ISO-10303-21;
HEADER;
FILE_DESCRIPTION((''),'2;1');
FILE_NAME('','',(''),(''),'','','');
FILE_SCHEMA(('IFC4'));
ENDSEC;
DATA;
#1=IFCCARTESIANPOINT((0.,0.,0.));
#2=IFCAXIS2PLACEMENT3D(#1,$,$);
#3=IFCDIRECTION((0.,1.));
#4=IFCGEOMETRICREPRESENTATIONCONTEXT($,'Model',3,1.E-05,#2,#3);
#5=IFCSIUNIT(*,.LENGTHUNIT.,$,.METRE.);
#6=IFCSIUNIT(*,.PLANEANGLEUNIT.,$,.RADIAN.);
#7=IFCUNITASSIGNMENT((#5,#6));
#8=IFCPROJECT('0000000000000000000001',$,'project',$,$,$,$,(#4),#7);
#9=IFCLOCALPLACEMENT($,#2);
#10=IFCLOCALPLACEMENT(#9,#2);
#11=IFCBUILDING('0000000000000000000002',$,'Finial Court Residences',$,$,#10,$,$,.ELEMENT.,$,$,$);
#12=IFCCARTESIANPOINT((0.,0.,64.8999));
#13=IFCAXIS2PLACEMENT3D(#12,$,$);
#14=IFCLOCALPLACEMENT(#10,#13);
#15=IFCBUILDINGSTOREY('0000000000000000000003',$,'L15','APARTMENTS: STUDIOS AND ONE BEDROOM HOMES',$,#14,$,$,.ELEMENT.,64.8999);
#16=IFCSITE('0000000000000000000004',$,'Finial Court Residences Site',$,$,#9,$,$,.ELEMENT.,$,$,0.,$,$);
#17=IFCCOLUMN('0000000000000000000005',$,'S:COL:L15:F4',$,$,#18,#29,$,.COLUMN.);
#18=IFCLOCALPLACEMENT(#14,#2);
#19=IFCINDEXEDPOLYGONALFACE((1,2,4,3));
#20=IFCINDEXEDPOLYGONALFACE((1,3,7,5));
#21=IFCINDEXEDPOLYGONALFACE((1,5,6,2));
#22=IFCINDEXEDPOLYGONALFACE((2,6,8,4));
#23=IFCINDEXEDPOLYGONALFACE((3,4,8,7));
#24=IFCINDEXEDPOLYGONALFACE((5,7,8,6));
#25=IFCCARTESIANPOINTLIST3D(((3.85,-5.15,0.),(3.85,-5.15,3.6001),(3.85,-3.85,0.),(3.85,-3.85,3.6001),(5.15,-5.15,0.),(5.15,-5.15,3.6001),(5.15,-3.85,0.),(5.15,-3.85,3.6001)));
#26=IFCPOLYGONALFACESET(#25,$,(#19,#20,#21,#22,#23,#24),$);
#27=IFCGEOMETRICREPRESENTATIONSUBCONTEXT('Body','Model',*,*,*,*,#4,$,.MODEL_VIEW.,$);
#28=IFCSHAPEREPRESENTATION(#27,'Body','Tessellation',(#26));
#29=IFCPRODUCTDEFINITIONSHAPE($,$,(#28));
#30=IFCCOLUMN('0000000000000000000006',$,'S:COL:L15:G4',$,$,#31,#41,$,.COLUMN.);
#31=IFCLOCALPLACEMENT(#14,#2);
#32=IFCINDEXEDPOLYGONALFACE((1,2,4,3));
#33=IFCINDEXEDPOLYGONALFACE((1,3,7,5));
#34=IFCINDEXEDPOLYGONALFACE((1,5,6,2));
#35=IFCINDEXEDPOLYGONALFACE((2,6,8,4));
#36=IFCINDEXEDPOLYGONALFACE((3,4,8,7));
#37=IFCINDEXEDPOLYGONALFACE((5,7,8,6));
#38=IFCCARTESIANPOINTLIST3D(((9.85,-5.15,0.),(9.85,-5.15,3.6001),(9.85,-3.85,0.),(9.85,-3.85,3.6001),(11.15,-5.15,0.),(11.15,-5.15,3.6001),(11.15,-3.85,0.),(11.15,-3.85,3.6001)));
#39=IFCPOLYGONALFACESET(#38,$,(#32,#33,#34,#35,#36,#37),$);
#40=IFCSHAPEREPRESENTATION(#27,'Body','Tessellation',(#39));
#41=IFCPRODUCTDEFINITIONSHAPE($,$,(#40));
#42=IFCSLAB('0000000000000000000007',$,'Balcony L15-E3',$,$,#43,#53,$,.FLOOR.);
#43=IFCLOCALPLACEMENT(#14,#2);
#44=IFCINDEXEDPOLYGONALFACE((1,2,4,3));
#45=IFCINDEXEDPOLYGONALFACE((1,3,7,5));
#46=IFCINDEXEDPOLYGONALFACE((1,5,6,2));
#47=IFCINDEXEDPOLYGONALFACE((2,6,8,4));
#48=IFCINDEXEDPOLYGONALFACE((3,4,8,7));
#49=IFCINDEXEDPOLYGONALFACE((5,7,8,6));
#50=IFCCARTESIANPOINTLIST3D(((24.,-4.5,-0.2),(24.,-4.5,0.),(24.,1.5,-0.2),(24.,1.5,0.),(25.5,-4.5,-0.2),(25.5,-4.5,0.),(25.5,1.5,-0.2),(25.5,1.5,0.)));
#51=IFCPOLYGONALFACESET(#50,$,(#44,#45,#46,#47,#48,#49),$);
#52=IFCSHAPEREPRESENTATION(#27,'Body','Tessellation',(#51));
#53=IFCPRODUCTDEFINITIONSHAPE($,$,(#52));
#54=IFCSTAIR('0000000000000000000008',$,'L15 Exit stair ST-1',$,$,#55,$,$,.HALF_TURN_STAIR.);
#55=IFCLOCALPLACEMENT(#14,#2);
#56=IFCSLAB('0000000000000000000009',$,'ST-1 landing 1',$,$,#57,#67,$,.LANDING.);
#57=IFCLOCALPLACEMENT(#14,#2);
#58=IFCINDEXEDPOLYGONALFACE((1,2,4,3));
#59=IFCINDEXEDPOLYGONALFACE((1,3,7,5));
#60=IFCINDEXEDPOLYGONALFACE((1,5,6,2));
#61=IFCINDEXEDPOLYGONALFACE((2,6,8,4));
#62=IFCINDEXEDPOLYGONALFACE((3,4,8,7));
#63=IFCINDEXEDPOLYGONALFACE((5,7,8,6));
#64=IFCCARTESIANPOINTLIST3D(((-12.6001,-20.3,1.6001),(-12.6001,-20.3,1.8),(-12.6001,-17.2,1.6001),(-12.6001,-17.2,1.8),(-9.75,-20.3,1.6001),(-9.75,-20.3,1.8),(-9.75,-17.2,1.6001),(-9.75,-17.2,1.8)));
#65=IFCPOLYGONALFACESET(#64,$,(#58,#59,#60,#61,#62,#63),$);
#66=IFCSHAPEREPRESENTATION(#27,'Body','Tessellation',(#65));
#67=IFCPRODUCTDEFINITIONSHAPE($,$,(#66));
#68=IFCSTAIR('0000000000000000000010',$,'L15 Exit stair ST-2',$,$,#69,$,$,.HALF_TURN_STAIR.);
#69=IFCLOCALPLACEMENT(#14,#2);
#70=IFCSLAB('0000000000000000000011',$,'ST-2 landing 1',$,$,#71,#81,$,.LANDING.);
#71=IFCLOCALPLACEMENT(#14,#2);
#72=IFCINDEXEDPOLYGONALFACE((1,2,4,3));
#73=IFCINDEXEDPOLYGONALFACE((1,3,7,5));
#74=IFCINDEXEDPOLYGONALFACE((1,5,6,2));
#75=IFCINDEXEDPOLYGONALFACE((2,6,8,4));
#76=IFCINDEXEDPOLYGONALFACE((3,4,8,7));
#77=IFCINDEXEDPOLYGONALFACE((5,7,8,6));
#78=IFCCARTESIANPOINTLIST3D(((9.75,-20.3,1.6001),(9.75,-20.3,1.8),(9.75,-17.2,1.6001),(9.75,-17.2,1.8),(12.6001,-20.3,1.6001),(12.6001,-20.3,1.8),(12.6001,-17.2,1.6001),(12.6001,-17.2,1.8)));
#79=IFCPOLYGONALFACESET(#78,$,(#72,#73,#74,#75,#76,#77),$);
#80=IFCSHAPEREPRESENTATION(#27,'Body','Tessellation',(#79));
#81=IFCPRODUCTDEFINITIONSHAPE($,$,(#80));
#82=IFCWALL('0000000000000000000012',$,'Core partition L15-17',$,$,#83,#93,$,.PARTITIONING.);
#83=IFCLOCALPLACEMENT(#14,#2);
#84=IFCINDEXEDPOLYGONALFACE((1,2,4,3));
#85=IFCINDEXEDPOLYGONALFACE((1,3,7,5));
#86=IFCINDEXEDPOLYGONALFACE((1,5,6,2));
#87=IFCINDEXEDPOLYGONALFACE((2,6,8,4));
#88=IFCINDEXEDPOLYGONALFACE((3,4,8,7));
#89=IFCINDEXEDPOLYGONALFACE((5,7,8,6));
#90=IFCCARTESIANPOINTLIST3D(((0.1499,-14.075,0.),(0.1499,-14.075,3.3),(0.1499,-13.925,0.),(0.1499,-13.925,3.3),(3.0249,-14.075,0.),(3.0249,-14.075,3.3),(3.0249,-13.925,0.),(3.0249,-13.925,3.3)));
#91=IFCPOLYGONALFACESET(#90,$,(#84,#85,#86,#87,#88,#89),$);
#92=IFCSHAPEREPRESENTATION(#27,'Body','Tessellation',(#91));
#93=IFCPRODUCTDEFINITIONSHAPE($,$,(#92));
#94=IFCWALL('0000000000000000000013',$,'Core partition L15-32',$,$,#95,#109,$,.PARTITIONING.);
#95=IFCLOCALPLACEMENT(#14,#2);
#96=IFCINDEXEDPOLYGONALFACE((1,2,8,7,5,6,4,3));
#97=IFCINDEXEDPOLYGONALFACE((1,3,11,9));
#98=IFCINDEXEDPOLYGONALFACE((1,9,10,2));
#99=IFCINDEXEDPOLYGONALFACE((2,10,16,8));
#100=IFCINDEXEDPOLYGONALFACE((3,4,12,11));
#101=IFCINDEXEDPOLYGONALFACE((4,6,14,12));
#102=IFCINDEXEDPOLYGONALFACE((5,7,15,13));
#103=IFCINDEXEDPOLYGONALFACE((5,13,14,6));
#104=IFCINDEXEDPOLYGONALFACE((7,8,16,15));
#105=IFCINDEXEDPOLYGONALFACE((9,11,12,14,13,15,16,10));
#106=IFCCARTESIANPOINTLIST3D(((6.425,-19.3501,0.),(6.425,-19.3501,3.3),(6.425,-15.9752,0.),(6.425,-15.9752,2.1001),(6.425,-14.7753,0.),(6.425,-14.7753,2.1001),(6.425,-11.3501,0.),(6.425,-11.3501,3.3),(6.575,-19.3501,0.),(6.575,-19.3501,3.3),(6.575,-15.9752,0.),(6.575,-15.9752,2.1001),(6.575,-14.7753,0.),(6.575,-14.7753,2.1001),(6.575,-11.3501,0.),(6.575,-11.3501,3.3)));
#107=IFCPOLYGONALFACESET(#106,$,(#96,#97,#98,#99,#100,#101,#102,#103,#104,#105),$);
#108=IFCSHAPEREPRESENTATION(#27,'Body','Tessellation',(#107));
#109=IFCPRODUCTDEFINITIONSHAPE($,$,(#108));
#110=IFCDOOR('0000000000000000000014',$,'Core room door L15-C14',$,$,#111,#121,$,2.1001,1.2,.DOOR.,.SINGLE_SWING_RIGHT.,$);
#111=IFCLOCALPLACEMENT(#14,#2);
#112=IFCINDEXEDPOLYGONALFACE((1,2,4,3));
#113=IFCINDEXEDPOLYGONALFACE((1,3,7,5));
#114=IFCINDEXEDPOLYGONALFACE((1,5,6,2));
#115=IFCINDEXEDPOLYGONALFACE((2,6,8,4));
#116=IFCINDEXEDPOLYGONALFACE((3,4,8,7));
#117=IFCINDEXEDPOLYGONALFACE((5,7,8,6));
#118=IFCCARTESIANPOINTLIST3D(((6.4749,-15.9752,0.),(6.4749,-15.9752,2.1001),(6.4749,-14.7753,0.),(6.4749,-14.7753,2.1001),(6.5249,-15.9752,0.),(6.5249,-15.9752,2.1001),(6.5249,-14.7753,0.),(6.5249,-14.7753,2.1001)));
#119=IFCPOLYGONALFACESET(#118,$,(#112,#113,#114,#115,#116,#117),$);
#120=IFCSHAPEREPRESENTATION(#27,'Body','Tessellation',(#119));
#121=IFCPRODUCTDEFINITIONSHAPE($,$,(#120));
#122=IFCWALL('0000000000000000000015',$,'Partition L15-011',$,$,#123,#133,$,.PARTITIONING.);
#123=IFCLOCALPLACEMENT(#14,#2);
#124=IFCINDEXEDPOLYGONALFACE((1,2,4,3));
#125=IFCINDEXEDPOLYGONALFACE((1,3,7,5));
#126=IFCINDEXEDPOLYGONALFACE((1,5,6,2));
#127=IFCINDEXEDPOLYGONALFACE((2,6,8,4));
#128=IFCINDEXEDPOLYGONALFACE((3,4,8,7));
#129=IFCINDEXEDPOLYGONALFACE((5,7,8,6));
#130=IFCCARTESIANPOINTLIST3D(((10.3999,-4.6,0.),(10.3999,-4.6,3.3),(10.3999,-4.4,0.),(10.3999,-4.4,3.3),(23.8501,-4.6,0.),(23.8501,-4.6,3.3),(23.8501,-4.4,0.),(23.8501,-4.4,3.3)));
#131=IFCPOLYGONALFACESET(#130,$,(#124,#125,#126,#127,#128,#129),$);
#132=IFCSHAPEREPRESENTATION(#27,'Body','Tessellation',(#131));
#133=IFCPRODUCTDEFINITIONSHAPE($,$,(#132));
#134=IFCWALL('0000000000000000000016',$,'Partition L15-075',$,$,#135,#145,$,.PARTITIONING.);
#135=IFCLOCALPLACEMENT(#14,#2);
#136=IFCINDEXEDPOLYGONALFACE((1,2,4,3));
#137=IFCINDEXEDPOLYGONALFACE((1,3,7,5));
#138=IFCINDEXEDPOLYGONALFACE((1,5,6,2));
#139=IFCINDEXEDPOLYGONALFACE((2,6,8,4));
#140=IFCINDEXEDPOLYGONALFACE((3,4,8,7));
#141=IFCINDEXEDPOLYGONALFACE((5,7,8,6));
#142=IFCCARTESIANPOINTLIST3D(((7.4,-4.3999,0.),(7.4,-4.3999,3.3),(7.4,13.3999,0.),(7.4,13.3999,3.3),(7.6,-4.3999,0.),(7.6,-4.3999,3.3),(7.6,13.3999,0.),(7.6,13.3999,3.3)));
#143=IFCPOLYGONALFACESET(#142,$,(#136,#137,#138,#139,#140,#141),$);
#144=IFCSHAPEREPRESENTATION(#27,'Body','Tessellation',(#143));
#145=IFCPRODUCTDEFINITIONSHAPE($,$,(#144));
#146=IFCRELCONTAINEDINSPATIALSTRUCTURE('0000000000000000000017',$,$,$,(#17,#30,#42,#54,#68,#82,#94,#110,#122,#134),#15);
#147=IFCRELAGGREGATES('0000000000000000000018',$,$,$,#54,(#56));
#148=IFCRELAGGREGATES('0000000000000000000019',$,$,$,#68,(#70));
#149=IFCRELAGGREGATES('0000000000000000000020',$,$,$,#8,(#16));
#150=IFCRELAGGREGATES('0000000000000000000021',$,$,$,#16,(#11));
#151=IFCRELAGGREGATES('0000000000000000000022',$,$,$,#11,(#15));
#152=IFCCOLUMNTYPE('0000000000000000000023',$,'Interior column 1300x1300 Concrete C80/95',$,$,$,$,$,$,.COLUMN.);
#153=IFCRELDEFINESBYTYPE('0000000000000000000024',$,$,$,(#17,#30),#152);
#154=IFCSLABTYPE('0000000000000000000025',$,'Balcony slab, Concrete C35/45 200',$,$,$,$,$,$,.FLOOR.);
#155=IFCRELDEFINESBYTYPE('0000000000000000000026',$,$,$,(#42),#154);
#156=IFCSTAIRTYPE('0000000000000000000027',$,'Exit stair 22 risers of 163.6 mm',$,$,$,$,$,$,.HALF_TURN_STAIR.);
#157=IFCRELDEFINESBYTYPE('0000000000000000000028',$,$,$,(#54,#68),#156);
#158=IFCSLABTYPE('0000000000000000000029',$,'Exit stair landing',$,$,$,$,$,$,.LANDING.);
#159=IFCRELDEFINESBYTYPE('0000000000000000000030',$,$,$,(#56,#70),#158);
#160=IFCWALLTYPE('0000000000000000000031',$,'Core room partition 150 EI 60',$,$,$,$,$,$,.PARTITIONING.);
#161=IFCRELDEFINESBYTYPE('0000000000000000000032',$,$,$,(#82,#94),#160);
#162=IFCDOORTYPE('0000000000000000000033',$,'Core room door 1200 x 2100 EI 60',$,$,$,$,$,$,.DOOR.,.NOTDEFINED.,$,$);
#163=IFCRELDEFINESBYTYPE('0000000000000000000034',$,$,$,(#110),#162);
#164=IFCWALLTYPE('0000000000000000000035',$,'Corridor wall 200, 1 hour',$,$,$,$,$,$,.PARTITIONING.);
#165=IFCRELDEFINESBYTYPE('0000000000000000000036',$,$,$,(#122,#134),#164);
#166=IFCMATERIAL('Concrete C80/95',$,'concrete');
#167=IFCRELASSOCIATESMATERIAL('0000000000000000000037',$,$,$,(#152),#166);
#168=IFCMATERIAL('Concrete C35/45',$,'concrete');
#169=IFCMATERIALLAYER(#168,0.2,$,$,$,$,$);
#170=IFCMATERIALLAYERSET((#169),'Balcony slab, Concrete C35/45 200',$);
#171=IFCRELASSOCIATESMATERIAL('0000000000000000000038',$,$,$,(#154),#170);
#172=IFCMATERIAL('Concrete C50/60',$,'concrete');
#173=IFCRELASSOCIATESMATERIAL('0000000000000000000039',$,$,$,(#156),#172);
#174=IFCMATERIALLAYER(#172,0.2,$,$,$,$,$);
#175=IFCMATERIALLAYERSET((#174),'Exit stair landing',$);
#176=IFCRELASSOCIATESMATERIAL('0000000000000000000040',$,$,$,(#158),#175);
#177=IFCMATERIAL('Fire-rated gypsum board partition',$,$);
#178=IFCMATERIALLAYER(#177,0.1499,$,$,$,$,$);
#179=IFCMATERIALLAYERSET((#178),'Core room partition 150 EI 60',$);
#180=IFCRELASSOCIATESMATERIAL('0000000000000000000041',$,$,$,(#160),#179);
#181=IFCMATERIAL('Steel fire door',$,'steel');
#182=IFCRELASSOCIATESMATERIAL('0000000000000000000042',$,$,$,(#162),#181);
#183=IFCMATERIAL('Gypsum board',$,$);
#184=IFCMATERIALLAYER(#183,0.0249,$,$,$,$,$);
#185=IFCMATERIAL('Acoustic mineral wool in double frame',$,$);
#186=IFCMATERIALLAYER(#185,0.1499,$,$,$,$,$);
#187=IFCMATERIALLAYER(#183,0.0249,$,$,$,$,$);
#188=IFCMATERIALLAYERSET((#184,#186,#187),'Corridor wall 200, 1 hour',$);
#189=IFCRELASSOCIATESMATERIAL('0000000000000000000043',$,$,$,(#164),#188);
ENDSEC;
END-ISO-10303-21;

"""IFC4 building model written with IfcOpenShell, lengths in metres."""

from ifc_helpers import new_model, si_unit, direction, frame, frame_2d, origin, origin_2d, place, context, subcontext, project, spatial, polyline, rectangle, outline, extrude, material, layer, layer_set, material_profile, profile_set, type_object, element, fill, aggregate, save


model = new_model("IFC4")

# Units and contexts
model_context = context("Model", 3, precision=1e-05, world=origin(), true_north=direction((0.0, 1.0)))
body_context = subcontext(model_context, "Body", "Model", "MODEL_VIEW")
ifc_project = project(units=[si_unit("LENGTHUNIT", "METRE"), si_unit("PLANEANGLEUNIT", "RADIAN")], contexts=[model_context])

# Site, building, storey
site_placement = place(None, origin())
site = spatial("IfcSite", under=ifc_project, at=site_placement, Name="Finial Court Residences Site", CompositionType="ELEMENT", RefElevation=0.0)
building_placement = place(site_placement, origin())
building = spatial("IfcBuilding", under=site, at=building_placement, Name="Finial Court Residences", CompositionType="ELEMENT")
storey_placement = place(building_placement, frame((0.0, 0.0, 64.8999)))
storey = spatial("IfcBuildingStorey", under=building, at=storey_placement, Name="L15", Description="APARTMENTS: STUDIOS AND ONE BEDROOM HOMES", CompositionType="ELEMENT", Elevation=64.8999)

# Columns
ifc_material_1 = material(Name="Concrete C80/95", Category="concrete")
ifc_material_profile = material_profile(ifc_material_1, rectangle(XDim=1.3, YDim=1.3, at=origin_2d()), Name="1300x1300")
ifc_profile_set = profile_set([ifc_material_profile], Name="Concrete C80/95")
column_type = type_object("IfcColumnType", Name="Interior column 1300x1300 Concrete C80/95", PredefinedType="COLUMN", material=ifc_profile_set)
for number, where, z_axis, x_axis, name in (
    (1, (4.5, -4.5, 0.0), (0.0, 0.0, 1.0), (1.0, 0.0, 0.0), "S:COL:L15:F4"),
    (2, (10.5, -4.5, 0.0), (0.0, 0.0, 1.0), (1.0, 0.0, 0.0), "S:COL:L15:G4"),
):
    element("IfcColumn", number, at=place(storey_placement, frame(where, z_axis=z_axis, x_axis=x_axis)), inside=storey, type_object=column_type, Name=name, PredefinedType="COLUMN", context=body_context, shape_type="SweptSolid", body=[
        extrude(rectangle(XDim=1.3, YDim=1.3, at=origin_2d()), origin(), (0.0, 0.0, 1.0), 3.6001),
    ])

# Slab
ifc_material_2 = material(Name="Concrete C35/45", Category="concrete")
ifc_layer_1 = layer(ifc_material_2, 0.2)
ifc_layer_set_1 = layer_set([ifc_layer_1], Name="Balcony slab, Concrete C35/45 200")
slab_type_1 = type_object("IfcSlabType", Name="Balcony slab, Concrete C35/45 200", PredefinedType="FLOOR", material=ifc_layer_set_1)
slab_1_placement = place(storey_placement, frame((0.0, 0.0, -0.2)))
element("IfcSlab", 3, at=slab_1_placement, inside=storey, type_object=slab_type_1, Name="Balcony L15-E3", PredefinedType="FLOOR", context=body_context, shape_type="SweptSolid", body=[
    extrude(outline(polyline([(25.5, -4.5), (25.5, 1.5), (24.0, 1.5), (24.0, -4.5), (25.5, -4.5)])), origin(), (0.0, 0.0, 1.0), 0.2),
])

# Stairs, slabs
ifc_material_3 = material(Name="Concrete C50/60", Category="concrete")
stair_type = type_object("IfcStairType", Name="Exit stair 22 risers of 163.6 mm", PredefinedType="HALF_TURN_STAIR", material=ifc_material_3)
stair_1_placement = place(storey_placement, origin())
stair_1 = element("IfcStair", 4, at=stair_1_placement, inside=storey, type_object=stair_type, Name="L15 Exit stair ST-1", PredefinedType="HALF_TURN_STAIR")
ifc_layer_2 = layer(ifc_material_3, 0.2)
ifc_layer_set_2 = layer_set([ifc_layer_2], Name="Exit stair landing")
slab_type_2 = type_object("IfcSlabType", Name="Exit stair landing", PredefinedType="LANDING", material=ifc_layer_set_2)
slab_2_placement = place(storey_placement, frame((0.0, 0.0, 1.6001)))
slab_2 = element("IfcSlab", 5, at=slab_2_placement, type_object=slab_type_2, Name="ST-1 landing 1", PredefinedType="LANDING", context=body_context, shape_type="SweptSolid", body=[
    extrude(outline(polyline([(-9.75, -20.3), (-9.75, -17.2), (-12.6001, -17.2), (-12.6001, -20.3), (-9.75, -20.3)])), origin(), (0.0, 0.0, 1.0), 0.2),
])
aggregate(stair_1, [slab_2])
stair_2_placement = place(storey_placement, origin())
stair_2 = element("IfcStair", 6, at=stair_2_placement, inside=storey, type_object=stair_type, Name="L15 Exit stair ST-2", PredefinedType="HALF_TURN_STAIR")
slab_3_placement = place(storey_placement, frame((0.0, 0.0, 1.6001)))
slab_3 = element("IfcSlab", 7, at=slab_3_placement, type_object=slab_type_2, Name="ST-2 landing 1", PredefinedType="LANDING", context=body_context, shape_type="SweptSolid", body=[
    extrude(outline(polyline([(12.6001, -20.3), (12.6001, -17.2), (9.75, -17.2), (9.75, -20.3), (12.6001, -20.3)])), origin(), (0.0, 0.0, 1.0), 0.2),
])
aggregate(stair_2, [slab_3])

# Wall
ifc_material_4 = material(Name="Fire-rated gypsum board partition")
ifc_layer_3 = layer(ifc_material_4, 0.1499)
ifc_layer_set_3 = layer_set([ifc_layer_3], Name="Core room partition 150 EI 60")
wall_type_1 = type_object("IfcWallType", Name="Core room partition 150 EI 60", PredefinedType="PARTITIONING", material=ifc_layer_set_3)
wall_1_placement = place(storey_placement, frame((0.1499, -14.0, 0.0), z_axis=(0.0, 0.0, 1.0), x_axis=(1.0, 0.0, 0.0)))
element("IfcWall", 8, at=wall_1_placement, inside=storey, type_object=wall_type_1, Name="Core partition L15-17", PredefinedType="PARTITIONING", context=body_context, shape_type="SweptSolid", body=[
    extrude(rectangle(XDim=2.875, YDim=0.1499, at=frame_2d((1.4375, 0.0))), origin(), (0.0, 0.0, 1.0), 3.3),
])

# Wall, opening, door
wall_2_placement = place(storey_placement, frame((6.5, -11.3501, 0.0), z_axis=(0.0, 0.0, 1.0), x_axis=(0.0, -1.0, 0.0)))
wall_2 = element("IfcWall", 9, at=wall_2_placement, inside=storey, type_object=wall_type_1, Name="Core partition L15-32", PredefinedType="PARTITIONING", context=body_context, shape_type="SweptSolid", body=[
    extrude(rectangle(XDim=8.0, YDim=0.1499, at=frame_2d((4.0, 0.0))), origin(), (0.0, 0.0, 1.0), 3.3),
])
opening_1_placement = place(wall_2_placement, frame((3.425, 0.0, 0.0)))
opening_1 = element("IfcOpeningElement", 10, at=opening_1_placement, cuts=wall_2, PredefinedType="OPENING", context=body_context, shape_type="SweptSolid", body=[
    extrude(rectangle(XDim=1.2, YDim=2.1001, at=frame_2d((0.6001, 1.05))), frame((0.0, 0.085, 0.0), z_axis=(0.0, -1.0, 0.0), x_axis=(1.0, 0.0, 0.0)), (0.0, 0.0, 1.0), 0.1699),
])
ifc_material_5 = material(Name="Steel fire door", Category="steel")
door_type_1 = type_object("IfcDoorType", Name="Core room door 1200 x 2100 EI 60", OperationType="NOTDEFINED", PredefinedType="DOOR", material=ifc_material_5)
door_1_placement = place(opening_1_placement, origin())
door_1 = element("IfcDoor", 11, at=door_1_placement, inside=storey, type_object=door_type_1, Name="Core room door L15-C14", OperationType="SINGLE_SWING_RIGHT", OverallHeight=2.1001, OverallWidth=1.2, PredefinedType="DOOR", context=body_context, shape_type="SweptSolid", body=[
    extrude(rectangle(XDim=1.2, YDim=2.1001, at=frame_2d((0.6001, 1.05))), frame((0.0, 0.0249, 0.0), z_axis=(0.0, -1.0, 0.0), x_axis=(1.0, 0.0, 0.0)), (0.0, 0.0, 1.0), 0.05),
])
fill(opening_1, door_1)

# Walls
ifc_material_6 = material(Name="Gypsum board")
ifc_layer_4 = layer(ifc_material_6, 0.0249)
ifc_material_7 = material(Name="Acoustic mineral wool in double frame")
ifc_layer_5 = layer(ifc_material_7, 0.1499)
ifc_layer_6 = layer(ifc_material_6, 0.0249)
ifc_layer_set_4 = layer_set([ifc_layer_4, ifc_layer_5, ifc_layer_6], Name="Corridor wall 200, 1 hour")
wall_type_2 = type_object("IfcWallType", Name="Corridor wall 200, 1 hour", PredefinedType="PARTITIONING", material=ifc_layer_set_4)
wall_3_placement = place(storey_placement, frame((10.3999, -4.5, 0.0), z_axis=(0.0, 0.0, 1.0), x_axis=(1.0, 0.0, 0.0)))
element("IfcWall", 12, at=wall_3_placement, inside=storey, type_object=wall_type_2, Name="Partition L15-011", PredefinedType="PARTITIONING", context=body_context, shape_type="SweptSolid", body=[
    extrude(rectangle(XDim=13.4502, YDim=0.2, at=frame_2d((6.7251, 0.0))), origin(), (0.0, 0.0, 1.0), 3.3),
])
wall_4_placement = place(storey_placement, frame((7.5, -4.3999, 0.0), z_axis=(0.0, 0.0, 1.0), x_axis=(0.0, 1.0, 0.0)))
element("IfcWall", 13, at=wall_4_placement, inside=storey, type_object=wall_type_2, Name="Partition L15-075", PredefinedType="PARTITIONING", context=body_context, shape_type="SweptSolid", body=[
    extrude(rectangle(XDim=17.7998, YDim=0.2, at=frame_2d((8.8999, 0.0))), origin(), (0.0, 0.0, 1.0), 3.3),
])

save(model, "model.ifc")
